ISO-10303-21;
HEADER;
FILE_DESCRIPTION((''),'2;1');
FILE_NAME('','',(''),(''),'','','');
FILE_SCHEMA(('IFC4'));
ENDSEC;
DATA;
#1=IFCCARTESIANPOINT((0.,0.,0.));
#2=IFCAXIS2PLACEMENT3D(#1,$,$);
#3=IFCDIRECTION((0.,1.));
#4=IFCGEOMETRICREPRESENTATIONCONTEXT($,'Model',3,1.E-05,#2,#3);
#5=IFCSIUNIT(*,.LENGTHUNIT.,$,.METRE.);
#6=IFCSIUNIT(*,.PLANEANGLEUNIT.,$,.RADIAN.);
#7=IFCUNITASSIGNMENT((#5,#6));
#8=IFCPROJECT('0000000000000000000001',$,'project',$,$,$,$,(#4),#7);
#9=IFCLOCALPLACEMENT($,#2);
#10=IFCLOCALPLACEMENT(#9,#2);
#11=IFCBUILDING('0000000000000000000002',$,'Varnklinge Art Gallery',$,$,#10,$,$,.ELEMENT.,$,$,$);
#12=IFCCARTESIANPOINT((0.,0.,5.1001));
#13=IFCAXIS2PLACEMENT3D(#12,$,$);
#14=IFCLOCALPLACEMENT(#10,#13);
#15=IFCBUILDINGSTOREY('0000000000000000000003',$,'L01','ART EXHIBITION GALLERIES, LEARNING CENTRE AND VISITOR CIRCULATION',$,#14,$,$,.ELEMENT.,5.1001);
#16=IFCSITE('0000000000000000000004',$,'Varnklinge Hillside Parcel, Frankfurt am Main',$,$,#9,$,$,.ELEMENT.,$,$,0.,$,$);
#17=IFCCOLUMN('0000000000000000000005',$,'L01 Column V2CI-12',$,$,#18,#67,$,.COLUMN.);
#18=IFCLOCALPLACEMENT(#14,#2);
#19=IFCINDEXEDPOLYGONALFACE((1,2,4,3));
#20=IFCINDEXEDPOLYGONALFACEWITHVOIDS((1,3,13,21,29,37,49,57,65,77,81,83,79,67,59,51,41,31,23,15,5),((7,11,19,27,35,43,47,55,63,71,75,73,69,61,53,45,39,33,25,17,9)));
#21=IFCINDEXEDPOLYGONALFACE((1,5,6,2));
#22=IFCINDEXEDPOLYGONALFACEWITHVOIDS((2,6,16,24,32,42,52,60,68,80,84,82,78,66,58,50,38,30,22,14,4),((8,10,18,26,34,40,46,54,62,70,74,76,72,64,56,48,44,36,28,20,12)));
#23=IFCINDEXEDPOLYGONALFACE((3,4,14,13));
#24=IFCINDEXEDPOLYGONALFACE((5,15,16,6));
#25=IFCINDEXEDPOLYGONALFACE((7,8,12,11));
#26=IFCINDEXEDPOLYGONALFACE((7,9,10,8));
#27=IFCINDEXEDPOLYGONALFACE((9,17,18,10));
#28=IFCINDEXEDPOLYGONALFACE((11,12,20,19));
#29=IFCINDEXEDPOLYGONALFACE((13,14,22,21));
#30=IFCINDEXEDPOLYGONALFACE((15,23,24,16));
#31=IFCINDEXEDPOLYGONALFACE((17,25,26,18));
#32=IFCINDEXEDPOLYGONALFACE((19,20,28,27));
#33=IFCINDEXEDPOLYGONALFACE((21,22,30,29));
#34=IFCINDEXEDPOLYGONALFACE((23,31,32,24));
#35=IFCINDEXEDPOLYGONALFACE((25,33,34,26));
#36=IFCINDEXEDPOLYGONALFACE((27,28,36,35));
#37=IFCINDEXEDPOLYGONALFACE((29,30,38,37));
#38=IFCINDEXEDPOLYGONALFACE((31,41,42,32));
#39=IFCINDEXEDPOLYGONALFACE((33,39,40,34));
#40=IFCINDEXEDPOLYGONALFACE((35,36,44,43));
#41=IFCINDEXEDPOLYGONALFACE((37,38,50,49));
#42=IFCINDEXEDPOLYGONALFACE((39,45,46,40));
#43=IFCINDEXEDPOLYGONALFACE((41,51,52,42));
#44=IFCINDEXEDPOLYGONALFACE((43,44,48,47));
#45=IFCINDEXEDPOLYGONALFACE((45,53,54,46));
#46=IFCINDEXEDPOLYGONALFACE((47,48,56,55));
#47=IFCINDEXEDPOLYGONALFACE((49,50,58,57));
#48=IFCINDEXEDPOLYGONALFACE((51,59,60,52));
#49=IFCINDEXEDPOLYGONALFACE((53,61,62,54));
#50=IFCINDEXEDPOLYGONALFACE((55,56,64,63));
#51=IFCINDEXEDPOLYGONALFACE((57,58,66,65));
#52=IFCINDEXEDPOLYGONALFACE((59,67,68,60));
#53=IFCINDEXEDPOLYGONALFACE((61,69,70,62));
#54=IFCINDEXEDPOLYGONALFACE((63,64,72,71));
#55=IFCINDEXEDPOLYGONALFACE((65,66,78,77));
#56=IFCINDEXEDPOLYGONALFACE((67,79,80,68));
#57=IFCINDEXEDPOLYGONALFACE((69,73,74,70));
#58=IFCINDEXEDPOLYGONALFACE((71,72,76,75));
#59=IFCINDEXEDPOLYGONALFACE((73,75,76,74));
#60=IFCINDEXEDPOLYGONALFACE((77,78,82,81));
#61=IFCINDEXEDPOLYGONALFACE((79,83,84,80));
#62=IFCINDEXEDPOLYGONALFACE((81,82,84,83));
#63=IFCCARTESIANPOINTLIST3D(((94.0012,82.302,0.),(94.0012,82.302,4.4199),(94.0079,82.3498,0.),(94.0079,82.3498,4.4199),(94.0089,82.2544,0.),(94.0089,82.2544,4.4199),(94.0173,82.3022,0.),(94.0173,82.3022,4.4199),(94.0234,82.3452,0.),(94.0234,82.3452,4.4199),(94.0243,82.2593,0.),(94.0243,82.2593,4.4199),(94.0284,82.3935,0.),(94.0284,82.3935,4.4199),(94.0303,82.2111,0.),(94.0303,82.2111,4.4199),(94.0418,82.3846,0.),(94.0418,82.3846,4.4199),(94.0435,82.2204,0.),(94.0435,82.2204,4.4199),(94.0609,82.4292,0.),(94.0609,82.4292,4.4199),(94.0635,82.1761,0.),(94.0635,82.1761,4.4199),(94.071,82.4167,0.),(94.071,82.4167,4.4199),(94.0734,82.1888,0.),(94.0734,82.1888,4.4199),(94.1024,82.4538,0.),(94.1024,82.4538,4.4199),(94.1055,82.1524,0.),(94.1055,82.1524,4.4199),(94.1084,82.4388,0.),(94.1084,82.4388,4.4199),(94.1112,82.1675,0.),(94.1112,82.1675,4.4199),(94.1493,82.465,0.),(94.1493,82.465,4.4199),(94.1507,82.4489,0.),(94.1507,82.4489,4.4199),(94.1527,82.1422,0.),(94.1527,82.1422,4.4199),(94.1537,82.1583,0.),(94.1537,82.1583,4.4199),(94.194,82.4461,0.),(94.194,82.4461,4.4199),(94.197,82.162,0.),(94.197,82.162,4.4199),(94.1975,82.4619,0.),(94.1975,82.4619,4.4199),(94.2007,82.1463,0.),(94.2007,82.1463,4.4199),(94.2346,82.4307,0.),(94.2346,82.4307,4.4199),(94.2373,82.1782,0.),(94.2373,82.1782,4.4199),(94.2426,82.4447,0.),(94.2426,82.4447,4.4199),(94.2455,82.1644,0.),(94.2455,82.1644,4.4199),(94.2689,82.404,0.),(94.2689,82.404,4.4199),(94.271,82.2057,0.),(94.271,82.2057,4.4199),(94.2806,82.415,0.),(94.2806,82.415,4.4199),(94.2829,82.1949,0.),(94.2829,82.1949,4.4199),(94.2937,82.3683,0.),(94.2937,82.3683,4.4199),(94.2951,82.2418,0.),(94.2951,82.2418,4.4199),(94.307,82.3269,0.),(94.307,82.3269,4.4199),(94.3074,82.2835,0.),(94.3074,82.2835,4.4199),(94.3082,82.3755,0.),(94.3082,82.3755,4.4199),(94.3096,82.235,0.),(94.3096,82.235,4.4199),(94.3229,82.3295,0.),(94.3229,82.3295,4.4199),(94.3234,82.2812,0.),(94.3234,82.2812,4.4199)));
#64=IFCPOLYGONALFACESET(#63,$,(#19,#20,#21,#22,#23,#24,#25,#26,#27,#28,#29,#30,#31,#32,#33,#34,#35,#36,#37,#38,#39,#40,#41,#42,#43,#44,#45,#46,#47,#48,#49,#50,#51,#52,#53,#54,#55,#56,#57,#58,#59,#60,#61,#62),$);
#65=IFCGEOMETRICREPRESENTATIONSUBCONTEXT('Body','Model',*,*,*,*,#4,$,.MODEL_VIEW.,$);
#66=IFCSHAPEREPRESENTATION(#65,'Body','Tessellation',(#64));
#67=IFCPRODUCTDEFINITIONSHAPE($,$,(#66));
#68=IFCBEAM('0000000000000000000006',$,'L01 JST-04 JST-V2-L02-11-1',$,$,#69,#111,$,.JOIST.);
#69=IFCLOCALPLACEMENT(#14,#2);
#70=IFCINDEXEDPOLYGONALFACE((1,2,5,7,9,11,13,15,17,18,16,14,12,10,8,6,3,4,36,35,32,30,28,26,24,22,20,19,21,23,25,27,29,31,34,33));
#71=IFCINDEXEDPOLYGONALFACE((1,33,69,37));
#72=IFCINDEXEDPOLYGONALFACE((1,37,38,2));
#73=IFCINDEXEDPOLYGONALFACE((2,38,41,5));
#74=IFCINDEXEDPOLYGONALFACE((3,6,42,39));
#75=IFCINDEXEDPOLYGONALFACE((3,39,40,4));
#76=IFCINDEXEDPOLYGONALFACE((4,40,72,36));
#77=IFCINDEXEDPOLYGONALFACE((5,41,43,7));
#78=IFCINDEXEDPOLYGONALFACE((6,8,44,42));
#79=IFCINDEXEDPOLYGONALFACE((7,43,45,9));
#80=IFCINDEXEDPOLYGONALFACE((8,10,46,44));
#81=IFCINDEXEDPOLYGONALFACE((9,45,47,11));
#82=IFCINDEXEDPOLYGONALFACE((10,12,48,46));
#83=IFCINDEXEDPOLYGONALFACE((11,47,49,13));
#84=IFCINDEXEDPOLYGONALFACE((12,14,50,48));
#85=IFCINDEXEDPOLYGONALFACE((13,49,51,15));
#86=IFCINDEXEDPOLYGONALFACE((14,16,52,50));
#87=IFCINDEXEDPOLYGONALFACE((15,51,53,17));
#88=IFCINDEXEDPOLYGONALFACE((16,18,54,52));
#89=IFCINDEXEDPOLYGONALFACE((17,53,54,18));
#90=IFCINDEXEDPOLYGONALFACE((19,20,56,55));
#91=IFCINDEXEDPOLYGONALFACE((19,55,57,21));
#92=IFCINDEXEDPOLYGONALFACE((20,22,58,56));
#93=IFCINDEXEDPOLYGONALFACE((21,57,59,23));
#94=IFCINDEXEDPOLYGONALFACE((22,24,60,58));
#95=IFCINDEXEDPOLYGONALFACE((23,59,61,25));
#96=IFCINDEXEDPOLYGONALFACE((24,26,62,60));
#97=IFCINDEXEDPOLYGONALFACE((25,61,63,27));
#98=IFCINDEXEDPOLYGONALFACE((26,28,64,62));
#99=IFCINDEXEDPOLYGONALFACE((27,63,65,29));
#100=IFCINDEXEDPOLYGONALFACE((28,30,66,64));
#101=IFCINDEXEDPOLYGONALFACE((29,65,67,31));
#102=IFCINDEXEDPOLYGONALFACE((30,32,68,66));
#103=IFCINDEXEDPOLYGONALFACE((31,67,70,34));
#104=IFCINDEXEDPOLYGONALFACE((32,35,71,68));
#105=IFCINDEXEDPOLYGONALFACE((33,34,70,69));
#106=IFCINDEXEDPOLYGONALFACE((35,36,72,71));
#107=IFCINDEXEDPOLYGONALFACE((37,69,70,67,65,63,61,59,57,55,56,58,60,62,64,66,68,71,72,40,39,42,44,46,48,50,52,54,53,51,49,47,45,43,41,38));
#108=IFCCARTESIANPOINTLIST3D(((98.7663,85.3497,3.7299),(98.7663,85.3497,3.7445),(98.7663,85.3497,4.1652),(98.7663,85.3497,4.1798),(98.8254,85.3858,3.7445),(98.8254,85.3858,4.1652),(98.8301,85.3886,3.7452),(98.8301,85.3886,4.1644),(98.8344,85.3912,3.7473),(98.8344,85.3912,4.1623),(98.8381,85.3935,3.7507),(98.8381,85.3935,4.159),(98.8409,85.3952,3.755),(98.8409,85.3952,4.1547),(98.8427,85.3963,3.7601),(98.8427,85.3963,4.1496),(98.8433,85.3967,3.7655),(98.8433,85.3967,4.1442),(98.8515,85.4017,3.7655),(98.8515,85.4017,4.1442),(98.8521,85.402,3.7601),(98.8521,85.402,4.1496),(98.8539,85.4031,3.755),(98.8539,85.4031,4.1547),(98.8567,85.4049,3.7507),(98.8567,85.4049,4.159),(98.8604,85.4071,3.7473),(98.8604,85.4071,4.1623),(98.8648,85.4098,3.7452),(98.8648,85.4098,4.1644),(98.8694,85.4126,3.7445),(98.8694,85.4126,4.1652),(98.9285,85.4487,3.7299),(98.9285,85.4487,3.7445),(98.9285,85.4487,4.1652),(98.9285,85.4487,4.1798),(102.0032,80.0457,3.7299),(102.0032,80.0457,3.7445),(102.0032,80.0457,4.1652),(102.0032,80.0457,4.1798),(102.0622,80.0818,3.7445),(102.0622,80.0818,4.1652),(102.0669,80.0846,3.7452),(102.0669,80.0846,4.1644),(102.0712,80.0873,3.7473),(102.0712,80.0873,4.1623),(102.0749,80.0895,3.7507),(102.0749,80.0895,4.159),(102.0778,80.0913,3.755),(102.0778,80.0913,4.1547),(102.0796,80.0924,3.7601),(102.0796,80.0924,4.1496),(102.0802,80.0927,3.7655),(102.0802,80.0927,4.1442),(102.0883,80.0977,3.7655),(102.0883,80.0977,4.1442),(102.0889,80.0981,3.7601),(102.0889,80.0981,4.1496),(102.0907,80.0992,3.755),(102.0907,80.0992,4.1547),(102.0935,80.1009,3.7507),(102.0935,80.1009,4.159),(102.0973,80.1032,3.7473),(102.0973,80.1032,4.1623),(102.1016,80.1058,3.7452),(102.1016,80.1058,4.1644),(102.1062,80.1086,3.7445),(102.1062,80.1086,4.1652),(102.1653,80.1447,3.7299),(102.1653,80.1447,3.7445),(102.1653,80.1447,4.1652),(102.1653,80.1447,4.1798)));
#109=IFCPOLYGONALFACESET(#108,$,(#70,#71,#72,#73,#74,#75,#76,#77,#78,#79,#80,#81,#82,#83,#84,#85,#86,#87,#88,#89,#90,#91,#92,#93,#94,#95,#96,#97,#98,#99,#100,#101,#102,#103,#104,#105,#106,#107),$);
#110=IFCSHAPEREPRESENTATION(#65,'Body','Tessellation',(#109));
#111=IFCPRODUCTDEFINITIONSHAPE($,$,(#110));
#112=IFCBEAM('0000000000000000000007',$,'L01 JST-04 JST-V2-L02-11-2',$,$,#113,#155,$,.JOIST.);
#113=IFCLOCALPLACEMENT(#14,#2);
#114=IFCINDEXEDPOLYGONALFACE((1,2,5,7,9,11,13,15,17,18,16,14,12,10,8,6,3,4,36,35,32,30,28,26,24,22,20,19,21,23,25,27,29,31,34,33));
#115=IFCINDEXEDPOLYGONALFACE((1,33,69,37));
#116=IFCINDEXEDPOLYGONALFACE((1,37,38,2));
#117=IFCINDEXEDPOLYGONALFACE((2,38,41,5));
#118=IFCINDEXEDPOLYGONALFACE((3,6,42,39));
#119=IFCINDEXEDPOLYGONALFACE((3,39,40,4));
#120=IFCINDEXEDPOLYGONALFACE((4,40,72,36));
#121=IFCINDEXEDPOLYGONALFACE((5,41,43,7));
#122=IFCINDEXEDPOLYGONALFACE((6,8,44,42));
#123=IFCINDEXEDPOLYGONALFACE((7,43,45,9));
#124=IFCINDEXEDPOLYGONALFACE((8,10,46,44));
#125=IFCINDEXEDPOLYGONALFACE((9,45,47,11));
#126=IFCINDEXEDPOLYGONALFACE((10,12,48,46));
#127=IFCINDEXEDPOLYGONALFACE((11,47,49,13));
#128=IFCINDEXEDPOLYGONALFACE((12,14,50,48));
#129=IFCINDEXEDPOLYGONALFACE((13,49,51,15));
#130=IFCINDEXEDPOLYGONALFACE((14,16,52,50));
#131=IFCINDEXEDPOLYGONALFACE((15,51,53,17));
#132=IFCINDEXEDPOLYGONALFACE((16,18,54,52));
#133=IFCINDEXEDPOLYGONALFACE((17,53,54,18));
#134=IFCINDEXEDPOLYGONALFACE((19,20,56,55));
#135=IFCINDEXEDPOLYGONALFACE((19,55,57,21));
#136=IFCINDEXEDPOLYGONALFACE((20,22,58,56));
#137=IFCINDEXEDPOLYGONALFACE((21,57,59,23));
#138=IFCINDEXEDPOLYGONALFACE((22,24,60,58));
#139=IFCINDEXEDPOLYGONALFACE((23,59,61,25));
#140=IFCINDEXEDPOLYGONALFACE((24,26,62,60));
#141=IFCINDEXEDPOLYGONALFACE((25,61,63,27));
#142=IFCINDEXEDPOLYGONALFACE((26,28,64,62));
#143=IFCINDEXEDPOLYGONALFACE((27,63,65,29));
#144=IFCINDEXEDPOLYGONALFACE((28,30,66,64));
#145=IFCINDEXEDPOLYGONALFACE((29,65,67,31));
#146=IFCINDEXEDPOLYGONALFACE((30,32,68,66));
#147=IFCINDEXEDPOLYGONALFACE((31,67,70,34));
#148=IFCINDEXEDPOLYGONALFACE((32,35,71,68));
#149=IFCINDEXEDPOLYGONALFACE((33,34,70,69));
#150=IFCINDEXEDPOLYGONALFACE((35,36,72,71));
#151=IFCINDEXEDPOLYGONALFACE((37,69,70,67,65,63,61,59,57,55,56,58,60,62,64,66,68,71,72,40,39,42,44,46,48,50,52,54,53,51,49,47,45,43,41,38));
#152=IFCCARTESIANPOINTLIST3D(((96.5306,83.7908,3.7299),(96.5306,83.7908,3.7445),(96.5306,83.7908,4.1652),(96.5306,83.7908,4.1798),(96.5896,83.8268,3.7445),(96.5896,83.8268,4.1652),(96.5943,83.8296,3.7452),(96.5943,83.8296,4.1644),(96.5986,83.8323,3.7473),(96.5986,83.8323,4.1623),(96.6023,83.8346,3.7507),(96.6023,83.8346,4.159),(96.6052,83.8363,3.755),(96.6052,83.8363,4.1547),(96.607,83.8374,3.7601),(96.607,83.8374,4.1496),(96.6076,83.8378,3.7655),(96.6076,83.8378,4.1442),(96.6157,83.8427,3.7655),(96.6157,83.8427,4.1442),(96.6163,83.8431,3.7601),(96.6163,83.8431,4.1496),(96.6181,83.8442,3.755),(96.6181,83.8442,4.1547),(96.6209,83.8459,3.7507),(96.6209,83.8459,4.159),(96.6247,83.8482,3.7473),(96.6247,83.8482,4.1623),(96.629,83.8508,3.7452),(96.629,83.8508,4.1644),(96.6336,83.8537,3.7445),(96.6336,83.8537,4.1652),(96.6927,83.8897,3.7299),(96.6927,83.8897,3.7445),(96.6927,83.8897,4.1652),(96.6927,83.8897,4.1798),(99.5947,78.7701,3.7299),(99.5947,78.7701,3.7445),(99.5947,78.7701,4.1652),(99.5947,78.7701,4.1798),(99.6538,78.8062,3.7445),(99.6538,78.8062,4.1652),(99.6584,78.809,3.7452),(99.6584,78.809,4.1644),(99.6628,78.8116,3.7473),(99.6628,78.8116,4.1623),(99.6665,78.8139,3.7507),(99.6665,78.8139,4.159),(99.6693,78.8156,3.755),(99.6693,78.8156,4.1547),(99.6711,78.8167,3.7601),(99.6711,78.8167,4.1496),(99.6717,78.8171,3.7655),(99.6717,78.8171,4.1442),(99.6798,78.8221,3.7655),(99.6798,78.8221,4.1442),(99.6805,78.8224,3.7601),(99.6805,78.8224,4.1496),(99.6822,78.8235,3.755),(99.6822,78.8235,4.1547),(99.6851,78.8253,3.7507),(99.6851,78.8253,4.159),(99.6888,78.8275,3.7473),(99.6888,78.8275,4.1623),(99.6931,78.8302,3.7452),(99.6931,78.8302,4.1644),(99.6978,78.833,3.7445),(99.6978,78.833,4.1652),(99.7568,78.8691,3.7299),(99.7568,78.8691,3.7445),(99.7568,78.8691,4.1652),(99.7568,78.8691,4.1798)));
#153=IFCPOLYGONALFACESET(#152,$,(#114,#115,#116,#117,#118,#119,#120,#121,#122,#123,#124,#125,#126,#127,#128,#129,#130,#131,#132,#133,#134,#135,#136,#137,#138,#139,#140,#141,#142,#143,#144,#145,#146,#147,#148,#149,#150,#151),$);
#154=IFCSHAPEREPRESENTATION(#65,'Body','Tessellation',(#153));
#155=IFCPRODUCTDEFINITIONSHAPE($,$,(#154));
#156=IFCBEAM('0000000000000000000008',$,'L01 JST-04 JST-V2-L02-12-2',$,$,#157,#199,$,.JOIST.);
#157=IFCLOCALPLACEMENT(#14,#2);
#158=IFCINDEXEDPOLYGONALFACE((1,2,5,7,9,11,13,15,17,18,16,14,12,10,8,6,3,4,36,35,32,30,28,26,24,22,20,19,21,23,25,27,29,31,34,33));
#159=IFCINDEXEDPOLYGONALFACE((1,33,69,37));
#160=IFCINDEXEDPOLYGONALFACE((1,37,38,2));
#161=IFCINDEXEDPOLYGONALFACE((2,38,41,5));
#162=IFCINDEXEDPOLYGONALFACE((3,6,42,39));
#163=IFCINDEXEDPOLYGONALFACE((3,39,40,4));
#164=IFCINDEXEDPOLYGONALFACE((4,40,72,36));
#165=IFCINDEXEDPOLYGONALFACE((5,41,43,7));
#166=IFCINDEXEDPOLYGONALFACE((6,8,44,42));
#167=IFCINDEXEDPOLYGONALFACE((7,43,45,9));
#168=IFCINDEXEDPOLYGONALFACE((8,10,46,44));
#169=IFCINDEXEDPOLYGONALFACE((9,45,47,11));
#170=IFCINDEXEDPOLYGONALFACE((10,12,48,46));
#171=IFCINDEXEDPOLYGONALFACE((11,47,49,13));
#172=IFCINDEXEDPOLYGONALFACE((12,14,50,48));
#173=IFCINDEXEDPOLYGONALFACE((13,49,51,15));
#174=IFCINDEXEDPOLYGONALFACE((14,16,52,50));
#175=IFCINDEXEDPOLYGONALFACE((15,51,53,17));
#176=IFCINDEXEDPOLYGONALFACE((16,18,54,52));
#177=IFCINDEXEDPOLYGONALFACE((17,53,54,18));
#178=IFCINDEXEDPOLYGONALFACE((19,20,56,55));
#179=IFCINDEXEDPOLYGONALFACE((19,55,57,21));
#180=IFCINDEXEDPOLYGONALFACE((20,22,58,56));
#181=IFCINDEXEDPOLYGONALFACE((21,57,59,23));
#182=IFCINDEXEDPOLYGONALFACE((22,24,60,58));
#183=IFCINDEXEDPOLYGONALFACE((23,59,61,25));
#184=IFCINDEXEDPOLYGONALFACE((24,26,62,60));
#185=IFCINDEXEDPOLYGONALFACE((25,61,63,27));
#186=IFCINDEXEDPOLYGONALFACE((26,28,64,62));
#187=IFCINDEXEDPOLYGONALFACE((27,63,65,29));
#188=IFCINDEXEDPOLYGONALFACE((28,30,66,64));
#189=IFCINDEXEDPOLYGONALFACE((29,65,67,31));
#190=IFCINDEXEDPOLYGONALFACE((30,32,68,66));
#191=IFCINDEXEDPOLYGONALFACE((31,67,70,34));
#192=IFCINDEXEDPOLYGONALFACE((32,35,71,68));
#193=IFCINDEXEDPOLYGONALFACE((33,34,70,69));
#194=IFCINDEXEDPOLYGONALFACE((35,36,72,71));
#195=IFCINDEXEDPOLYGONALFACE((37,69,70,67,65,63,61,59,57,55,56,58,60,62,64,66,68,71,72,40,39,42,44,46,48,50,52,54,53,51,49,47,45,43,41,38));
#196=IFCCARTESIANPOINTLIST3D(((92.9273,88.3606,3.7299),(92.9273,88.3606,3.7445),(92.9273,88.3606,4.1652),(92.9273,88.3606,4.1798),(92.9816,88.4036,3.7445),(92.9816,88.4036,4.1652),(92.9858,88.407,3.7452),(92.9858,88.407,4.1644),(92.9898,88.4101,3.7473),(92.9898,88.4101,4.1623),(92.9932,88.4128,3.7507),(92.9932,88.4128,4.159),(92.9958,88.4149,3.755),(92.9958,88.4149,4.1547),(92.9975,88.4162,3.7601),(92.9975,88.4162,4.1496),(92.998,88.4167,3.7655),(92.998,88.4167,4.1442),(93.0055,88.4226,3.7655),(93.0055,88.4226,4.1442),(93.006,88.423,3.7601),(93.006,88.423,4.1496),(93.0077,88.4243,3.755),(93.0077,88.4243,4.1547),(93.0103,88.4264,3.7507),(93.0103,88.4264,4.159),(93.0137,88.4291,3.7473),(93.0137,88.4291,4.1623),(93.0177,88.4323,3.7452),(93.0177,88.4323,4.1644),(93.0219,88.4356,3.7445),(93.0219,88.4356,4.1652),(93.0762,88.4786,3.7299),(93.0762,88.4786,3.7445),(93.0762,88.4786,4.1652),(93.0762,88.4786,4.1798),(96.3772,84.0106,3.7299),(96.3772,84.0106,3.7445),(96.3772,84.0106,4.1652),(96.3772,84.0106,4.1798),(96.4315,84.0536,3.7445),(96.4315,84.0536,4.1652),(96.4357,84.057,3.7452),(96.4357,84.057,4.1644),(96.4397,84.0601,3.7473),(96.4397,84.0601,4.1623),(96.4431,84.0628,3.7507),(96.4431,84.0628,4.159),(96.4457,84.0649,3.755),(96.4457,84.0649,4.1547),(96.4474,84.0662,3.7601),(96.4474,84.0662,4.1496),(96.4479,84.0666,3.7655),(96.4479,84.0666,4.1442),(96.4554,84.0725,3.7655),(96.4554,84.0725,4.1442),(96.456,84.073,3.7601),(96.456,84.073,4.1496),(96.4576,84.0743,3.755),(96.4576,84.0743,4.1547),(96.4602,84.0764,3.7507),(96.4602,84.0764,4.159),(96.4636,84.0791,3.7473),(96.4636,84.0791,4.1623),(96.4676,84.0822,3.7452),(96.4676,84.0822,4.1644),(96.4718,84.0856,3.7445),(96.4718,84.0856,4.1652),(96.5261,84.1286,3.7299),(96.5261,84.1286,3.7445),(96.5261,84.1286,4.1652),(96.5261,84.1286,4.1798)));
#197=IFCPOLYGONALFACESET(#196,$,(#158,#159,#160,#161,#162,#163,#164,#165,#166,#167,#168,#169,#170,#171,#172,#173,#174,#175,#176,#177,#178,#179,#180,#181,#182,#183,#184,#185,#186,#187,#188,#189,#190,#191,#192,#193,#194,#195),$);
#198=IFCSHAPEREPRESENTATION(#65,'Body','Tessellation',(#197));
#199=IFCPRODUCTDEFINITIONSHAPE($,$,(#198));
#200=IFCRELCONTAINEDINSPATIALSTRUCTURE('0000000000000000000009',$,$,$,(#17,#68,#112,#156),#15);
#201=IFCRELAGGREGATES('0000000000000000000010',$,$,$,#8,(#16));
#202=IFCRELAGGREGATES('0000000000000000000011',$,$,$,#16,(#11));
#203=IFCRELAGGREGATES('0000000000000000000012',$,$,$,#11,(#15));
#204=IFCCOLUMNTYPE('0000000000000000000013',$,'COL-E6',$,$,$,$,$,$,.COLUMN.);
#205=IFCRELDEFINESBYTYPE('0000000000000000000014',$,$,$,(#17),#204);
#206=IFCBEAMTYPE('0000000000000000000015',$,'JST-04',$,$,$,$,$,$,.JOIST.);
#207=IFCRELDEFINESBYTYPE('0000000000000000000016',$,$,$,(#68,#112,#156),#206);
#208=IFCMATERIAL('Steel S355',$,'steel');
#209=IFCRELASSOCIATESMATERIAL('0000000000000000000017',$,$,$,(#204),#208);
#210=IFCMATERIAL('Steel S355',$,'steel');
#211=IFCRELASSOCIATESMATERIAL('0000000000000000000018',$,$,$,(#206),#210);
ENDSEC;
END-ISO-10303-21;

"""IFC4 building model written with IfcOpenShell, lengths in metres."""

from ifc_helpers import new_model, si_unit, direction, frame, origin, origin_2d, place, context, subcontext, project, spatial, hollow_circle, i_section, extrude, material, material_profile, profile_set, type_object, element, save


model = new_model("IFC4")

# Units and contexts
model_context = context("Model", 3, precision=1e-05, world=origin(), true_north=direction((0.0, 1.0)))
body_context = subcontext(model_context, "Body", "Model", "MODEL_VIEW")
ifc_project = project(units=[si_unit("LENGTHUNIT", "METRE"), si_unit("PLANEANGLEUNIT", "RADIAN")], contexts=[model_context])

# Site, building, storey
site_placement = place(None, origin())
site = spatial("IfcSite", under=ifc_project, at=site_placement, Name="Varnklinge Hillside Parcel, Frankfurt am Main", CompositionType="ELEMENT", RefElevation=0.0)
building_placement = place(site_placement, origin())
building = spatial("IfcBuilding", under=site, at=building_placement, Name="Varnklinge Art Gallery", CompositionType="ELEMENT")
storey_placement = place(building_placement, frame((0.0, 0.0, 5.1001)))
storey = spatial("IfcBuildingStorey", under=building, at=storey_placement, Name="L01", Description="ART EXHIBITION GALLERIES, LEARNING CENTRE AND VISITOR CIRCULATION", CompositionType="ELEMENT", Elevation=5.1001)

# Column
ifc_material_1 = material(Name="Steel S355", Category="steel")
ifc_material_profile_1 = material_profile(ifc_material_1, hollow_circle(Radius=0.1619, WallThickness=0.0161, at=origin_2d()), Name="CHS 323.9x16")
ifc_profile_set_1 = profile_set([ifc_material_profile_1], Name="Steel S355")
column_type = type_object("IfcColumnType", Name="COL-E6", PredefinedType="COLUMN", material=ifc_profile_set_1)
column_placement = place(storey_placement, frame((94.1631, 82.3037, 0.0), z_axis=(0.0, 0.0, 1.0), x_axis=(-0.820352, -0.57186, 0.0)))
element("IfcColumn", 1, at=column_placement, inside=storey, type_object=column_type, Name="L01 Column V2CI-12", PredefinedType="COLUMN", context=body_context, shape_type="SweptSolid", body=[
    extrude(hollow_circle(Radius=0.1619, WallThickness=0.0161, at=origin_2d()), origin(), (0.0, 0.0, 1.0), 4.4199),
])

# Beams
ifc_material_2 = material(Name="Steel S355", Category="steel")
ifc_material_profile_2 = material_profile(ifc_material_2, i_section(OverallWidth=0.1899, OverallDepth=0.45, WebThickness=0.0095, FlangeThickness=0.0146, FilletRadius=0.021, at=origin_2d()), Name="IPE 450")
ifc_profile_set_2 = profile_set([ifc_material_profile_2], Name="Steel S355")
beam_type_1 = type_object("IfcBeamType", Name="JST-04", PredefinedType="JOIST", material=ifc_profile_set_2)
beam_1_placement = place(storey_placement, frame((102.0842, 80.0952, 3.9548), z_axis=(-0.520924, 0.853603, 0.0), x_axis=(-0.853603, -0.520924, 0.0)))
element("IfcBeam", 2, at=beam_1_placement, inside=storey, type_object=beam_type_1, Name="L01 JST-04 JST-V2-L02-11-1", PredefinedType="JOIST", context=body_context, shape_type="SweptSolid", body=[
    extrude(i_section(OverallWidth=0.1899, OverallDepth=0.45, WebThickness=0.0095, FlangeThickness=0.0146, FilletRadius=0.021, at=origin_2d()), origin(), (0.0, 0.0, 1.0), 6.2136),
])
beam_2_placement = place(storey_placement, frame((99.6758, 78.8196, 3.9548), z_axis=(-0.520951, 0.853586, 0.0), x_axis=(-0.853586, -0.520951, 0.0)))
element("IfcBeam", 3, at=beam_2_placement, inside=storey, type_object=beam_type_1, Name="L01 JST-04 JST-V2-L02-11-2", PredefinedType="JOIST", context=body_context, shape_type="SweptSolid", body=[
    extrude(i_section(OverallWidth=0.1899, OverallDepth=0.45, WebThickness=0.0095, FlangeThickness=0.0146, FilletRadius=0.021, at=origin_2d()), origin(), (0.0, 0.0, 1.0), 5.8818),
])
beam_3_placement = place(storey_placement, frame((96.4517, 84.0696, 3.9548), z_axis=(-0.621381, 0.783509, 0.0), x_axis=(-0.783509, -0.621381, 0.0)))
element("IfcBeam", 4, at=beam_3_placement, inside=storey, type_object=beam_type_1, Name="L01 JST-04 JST-V2-L02-12-2", PredefinedType="JOIST", context=body_context, shape_type="SweptSolid", body=[
    extrude(i_section(OverallWidth=0.1899, OverallDepth=0.45, WebThickness=0.0095, FlangeThickness=0.0146, FilletRadius=0.021, at=origin_2d()), origin(), (0.0, 0.0, 1.0), 5.552),
])

save(model, "model.ifc")
